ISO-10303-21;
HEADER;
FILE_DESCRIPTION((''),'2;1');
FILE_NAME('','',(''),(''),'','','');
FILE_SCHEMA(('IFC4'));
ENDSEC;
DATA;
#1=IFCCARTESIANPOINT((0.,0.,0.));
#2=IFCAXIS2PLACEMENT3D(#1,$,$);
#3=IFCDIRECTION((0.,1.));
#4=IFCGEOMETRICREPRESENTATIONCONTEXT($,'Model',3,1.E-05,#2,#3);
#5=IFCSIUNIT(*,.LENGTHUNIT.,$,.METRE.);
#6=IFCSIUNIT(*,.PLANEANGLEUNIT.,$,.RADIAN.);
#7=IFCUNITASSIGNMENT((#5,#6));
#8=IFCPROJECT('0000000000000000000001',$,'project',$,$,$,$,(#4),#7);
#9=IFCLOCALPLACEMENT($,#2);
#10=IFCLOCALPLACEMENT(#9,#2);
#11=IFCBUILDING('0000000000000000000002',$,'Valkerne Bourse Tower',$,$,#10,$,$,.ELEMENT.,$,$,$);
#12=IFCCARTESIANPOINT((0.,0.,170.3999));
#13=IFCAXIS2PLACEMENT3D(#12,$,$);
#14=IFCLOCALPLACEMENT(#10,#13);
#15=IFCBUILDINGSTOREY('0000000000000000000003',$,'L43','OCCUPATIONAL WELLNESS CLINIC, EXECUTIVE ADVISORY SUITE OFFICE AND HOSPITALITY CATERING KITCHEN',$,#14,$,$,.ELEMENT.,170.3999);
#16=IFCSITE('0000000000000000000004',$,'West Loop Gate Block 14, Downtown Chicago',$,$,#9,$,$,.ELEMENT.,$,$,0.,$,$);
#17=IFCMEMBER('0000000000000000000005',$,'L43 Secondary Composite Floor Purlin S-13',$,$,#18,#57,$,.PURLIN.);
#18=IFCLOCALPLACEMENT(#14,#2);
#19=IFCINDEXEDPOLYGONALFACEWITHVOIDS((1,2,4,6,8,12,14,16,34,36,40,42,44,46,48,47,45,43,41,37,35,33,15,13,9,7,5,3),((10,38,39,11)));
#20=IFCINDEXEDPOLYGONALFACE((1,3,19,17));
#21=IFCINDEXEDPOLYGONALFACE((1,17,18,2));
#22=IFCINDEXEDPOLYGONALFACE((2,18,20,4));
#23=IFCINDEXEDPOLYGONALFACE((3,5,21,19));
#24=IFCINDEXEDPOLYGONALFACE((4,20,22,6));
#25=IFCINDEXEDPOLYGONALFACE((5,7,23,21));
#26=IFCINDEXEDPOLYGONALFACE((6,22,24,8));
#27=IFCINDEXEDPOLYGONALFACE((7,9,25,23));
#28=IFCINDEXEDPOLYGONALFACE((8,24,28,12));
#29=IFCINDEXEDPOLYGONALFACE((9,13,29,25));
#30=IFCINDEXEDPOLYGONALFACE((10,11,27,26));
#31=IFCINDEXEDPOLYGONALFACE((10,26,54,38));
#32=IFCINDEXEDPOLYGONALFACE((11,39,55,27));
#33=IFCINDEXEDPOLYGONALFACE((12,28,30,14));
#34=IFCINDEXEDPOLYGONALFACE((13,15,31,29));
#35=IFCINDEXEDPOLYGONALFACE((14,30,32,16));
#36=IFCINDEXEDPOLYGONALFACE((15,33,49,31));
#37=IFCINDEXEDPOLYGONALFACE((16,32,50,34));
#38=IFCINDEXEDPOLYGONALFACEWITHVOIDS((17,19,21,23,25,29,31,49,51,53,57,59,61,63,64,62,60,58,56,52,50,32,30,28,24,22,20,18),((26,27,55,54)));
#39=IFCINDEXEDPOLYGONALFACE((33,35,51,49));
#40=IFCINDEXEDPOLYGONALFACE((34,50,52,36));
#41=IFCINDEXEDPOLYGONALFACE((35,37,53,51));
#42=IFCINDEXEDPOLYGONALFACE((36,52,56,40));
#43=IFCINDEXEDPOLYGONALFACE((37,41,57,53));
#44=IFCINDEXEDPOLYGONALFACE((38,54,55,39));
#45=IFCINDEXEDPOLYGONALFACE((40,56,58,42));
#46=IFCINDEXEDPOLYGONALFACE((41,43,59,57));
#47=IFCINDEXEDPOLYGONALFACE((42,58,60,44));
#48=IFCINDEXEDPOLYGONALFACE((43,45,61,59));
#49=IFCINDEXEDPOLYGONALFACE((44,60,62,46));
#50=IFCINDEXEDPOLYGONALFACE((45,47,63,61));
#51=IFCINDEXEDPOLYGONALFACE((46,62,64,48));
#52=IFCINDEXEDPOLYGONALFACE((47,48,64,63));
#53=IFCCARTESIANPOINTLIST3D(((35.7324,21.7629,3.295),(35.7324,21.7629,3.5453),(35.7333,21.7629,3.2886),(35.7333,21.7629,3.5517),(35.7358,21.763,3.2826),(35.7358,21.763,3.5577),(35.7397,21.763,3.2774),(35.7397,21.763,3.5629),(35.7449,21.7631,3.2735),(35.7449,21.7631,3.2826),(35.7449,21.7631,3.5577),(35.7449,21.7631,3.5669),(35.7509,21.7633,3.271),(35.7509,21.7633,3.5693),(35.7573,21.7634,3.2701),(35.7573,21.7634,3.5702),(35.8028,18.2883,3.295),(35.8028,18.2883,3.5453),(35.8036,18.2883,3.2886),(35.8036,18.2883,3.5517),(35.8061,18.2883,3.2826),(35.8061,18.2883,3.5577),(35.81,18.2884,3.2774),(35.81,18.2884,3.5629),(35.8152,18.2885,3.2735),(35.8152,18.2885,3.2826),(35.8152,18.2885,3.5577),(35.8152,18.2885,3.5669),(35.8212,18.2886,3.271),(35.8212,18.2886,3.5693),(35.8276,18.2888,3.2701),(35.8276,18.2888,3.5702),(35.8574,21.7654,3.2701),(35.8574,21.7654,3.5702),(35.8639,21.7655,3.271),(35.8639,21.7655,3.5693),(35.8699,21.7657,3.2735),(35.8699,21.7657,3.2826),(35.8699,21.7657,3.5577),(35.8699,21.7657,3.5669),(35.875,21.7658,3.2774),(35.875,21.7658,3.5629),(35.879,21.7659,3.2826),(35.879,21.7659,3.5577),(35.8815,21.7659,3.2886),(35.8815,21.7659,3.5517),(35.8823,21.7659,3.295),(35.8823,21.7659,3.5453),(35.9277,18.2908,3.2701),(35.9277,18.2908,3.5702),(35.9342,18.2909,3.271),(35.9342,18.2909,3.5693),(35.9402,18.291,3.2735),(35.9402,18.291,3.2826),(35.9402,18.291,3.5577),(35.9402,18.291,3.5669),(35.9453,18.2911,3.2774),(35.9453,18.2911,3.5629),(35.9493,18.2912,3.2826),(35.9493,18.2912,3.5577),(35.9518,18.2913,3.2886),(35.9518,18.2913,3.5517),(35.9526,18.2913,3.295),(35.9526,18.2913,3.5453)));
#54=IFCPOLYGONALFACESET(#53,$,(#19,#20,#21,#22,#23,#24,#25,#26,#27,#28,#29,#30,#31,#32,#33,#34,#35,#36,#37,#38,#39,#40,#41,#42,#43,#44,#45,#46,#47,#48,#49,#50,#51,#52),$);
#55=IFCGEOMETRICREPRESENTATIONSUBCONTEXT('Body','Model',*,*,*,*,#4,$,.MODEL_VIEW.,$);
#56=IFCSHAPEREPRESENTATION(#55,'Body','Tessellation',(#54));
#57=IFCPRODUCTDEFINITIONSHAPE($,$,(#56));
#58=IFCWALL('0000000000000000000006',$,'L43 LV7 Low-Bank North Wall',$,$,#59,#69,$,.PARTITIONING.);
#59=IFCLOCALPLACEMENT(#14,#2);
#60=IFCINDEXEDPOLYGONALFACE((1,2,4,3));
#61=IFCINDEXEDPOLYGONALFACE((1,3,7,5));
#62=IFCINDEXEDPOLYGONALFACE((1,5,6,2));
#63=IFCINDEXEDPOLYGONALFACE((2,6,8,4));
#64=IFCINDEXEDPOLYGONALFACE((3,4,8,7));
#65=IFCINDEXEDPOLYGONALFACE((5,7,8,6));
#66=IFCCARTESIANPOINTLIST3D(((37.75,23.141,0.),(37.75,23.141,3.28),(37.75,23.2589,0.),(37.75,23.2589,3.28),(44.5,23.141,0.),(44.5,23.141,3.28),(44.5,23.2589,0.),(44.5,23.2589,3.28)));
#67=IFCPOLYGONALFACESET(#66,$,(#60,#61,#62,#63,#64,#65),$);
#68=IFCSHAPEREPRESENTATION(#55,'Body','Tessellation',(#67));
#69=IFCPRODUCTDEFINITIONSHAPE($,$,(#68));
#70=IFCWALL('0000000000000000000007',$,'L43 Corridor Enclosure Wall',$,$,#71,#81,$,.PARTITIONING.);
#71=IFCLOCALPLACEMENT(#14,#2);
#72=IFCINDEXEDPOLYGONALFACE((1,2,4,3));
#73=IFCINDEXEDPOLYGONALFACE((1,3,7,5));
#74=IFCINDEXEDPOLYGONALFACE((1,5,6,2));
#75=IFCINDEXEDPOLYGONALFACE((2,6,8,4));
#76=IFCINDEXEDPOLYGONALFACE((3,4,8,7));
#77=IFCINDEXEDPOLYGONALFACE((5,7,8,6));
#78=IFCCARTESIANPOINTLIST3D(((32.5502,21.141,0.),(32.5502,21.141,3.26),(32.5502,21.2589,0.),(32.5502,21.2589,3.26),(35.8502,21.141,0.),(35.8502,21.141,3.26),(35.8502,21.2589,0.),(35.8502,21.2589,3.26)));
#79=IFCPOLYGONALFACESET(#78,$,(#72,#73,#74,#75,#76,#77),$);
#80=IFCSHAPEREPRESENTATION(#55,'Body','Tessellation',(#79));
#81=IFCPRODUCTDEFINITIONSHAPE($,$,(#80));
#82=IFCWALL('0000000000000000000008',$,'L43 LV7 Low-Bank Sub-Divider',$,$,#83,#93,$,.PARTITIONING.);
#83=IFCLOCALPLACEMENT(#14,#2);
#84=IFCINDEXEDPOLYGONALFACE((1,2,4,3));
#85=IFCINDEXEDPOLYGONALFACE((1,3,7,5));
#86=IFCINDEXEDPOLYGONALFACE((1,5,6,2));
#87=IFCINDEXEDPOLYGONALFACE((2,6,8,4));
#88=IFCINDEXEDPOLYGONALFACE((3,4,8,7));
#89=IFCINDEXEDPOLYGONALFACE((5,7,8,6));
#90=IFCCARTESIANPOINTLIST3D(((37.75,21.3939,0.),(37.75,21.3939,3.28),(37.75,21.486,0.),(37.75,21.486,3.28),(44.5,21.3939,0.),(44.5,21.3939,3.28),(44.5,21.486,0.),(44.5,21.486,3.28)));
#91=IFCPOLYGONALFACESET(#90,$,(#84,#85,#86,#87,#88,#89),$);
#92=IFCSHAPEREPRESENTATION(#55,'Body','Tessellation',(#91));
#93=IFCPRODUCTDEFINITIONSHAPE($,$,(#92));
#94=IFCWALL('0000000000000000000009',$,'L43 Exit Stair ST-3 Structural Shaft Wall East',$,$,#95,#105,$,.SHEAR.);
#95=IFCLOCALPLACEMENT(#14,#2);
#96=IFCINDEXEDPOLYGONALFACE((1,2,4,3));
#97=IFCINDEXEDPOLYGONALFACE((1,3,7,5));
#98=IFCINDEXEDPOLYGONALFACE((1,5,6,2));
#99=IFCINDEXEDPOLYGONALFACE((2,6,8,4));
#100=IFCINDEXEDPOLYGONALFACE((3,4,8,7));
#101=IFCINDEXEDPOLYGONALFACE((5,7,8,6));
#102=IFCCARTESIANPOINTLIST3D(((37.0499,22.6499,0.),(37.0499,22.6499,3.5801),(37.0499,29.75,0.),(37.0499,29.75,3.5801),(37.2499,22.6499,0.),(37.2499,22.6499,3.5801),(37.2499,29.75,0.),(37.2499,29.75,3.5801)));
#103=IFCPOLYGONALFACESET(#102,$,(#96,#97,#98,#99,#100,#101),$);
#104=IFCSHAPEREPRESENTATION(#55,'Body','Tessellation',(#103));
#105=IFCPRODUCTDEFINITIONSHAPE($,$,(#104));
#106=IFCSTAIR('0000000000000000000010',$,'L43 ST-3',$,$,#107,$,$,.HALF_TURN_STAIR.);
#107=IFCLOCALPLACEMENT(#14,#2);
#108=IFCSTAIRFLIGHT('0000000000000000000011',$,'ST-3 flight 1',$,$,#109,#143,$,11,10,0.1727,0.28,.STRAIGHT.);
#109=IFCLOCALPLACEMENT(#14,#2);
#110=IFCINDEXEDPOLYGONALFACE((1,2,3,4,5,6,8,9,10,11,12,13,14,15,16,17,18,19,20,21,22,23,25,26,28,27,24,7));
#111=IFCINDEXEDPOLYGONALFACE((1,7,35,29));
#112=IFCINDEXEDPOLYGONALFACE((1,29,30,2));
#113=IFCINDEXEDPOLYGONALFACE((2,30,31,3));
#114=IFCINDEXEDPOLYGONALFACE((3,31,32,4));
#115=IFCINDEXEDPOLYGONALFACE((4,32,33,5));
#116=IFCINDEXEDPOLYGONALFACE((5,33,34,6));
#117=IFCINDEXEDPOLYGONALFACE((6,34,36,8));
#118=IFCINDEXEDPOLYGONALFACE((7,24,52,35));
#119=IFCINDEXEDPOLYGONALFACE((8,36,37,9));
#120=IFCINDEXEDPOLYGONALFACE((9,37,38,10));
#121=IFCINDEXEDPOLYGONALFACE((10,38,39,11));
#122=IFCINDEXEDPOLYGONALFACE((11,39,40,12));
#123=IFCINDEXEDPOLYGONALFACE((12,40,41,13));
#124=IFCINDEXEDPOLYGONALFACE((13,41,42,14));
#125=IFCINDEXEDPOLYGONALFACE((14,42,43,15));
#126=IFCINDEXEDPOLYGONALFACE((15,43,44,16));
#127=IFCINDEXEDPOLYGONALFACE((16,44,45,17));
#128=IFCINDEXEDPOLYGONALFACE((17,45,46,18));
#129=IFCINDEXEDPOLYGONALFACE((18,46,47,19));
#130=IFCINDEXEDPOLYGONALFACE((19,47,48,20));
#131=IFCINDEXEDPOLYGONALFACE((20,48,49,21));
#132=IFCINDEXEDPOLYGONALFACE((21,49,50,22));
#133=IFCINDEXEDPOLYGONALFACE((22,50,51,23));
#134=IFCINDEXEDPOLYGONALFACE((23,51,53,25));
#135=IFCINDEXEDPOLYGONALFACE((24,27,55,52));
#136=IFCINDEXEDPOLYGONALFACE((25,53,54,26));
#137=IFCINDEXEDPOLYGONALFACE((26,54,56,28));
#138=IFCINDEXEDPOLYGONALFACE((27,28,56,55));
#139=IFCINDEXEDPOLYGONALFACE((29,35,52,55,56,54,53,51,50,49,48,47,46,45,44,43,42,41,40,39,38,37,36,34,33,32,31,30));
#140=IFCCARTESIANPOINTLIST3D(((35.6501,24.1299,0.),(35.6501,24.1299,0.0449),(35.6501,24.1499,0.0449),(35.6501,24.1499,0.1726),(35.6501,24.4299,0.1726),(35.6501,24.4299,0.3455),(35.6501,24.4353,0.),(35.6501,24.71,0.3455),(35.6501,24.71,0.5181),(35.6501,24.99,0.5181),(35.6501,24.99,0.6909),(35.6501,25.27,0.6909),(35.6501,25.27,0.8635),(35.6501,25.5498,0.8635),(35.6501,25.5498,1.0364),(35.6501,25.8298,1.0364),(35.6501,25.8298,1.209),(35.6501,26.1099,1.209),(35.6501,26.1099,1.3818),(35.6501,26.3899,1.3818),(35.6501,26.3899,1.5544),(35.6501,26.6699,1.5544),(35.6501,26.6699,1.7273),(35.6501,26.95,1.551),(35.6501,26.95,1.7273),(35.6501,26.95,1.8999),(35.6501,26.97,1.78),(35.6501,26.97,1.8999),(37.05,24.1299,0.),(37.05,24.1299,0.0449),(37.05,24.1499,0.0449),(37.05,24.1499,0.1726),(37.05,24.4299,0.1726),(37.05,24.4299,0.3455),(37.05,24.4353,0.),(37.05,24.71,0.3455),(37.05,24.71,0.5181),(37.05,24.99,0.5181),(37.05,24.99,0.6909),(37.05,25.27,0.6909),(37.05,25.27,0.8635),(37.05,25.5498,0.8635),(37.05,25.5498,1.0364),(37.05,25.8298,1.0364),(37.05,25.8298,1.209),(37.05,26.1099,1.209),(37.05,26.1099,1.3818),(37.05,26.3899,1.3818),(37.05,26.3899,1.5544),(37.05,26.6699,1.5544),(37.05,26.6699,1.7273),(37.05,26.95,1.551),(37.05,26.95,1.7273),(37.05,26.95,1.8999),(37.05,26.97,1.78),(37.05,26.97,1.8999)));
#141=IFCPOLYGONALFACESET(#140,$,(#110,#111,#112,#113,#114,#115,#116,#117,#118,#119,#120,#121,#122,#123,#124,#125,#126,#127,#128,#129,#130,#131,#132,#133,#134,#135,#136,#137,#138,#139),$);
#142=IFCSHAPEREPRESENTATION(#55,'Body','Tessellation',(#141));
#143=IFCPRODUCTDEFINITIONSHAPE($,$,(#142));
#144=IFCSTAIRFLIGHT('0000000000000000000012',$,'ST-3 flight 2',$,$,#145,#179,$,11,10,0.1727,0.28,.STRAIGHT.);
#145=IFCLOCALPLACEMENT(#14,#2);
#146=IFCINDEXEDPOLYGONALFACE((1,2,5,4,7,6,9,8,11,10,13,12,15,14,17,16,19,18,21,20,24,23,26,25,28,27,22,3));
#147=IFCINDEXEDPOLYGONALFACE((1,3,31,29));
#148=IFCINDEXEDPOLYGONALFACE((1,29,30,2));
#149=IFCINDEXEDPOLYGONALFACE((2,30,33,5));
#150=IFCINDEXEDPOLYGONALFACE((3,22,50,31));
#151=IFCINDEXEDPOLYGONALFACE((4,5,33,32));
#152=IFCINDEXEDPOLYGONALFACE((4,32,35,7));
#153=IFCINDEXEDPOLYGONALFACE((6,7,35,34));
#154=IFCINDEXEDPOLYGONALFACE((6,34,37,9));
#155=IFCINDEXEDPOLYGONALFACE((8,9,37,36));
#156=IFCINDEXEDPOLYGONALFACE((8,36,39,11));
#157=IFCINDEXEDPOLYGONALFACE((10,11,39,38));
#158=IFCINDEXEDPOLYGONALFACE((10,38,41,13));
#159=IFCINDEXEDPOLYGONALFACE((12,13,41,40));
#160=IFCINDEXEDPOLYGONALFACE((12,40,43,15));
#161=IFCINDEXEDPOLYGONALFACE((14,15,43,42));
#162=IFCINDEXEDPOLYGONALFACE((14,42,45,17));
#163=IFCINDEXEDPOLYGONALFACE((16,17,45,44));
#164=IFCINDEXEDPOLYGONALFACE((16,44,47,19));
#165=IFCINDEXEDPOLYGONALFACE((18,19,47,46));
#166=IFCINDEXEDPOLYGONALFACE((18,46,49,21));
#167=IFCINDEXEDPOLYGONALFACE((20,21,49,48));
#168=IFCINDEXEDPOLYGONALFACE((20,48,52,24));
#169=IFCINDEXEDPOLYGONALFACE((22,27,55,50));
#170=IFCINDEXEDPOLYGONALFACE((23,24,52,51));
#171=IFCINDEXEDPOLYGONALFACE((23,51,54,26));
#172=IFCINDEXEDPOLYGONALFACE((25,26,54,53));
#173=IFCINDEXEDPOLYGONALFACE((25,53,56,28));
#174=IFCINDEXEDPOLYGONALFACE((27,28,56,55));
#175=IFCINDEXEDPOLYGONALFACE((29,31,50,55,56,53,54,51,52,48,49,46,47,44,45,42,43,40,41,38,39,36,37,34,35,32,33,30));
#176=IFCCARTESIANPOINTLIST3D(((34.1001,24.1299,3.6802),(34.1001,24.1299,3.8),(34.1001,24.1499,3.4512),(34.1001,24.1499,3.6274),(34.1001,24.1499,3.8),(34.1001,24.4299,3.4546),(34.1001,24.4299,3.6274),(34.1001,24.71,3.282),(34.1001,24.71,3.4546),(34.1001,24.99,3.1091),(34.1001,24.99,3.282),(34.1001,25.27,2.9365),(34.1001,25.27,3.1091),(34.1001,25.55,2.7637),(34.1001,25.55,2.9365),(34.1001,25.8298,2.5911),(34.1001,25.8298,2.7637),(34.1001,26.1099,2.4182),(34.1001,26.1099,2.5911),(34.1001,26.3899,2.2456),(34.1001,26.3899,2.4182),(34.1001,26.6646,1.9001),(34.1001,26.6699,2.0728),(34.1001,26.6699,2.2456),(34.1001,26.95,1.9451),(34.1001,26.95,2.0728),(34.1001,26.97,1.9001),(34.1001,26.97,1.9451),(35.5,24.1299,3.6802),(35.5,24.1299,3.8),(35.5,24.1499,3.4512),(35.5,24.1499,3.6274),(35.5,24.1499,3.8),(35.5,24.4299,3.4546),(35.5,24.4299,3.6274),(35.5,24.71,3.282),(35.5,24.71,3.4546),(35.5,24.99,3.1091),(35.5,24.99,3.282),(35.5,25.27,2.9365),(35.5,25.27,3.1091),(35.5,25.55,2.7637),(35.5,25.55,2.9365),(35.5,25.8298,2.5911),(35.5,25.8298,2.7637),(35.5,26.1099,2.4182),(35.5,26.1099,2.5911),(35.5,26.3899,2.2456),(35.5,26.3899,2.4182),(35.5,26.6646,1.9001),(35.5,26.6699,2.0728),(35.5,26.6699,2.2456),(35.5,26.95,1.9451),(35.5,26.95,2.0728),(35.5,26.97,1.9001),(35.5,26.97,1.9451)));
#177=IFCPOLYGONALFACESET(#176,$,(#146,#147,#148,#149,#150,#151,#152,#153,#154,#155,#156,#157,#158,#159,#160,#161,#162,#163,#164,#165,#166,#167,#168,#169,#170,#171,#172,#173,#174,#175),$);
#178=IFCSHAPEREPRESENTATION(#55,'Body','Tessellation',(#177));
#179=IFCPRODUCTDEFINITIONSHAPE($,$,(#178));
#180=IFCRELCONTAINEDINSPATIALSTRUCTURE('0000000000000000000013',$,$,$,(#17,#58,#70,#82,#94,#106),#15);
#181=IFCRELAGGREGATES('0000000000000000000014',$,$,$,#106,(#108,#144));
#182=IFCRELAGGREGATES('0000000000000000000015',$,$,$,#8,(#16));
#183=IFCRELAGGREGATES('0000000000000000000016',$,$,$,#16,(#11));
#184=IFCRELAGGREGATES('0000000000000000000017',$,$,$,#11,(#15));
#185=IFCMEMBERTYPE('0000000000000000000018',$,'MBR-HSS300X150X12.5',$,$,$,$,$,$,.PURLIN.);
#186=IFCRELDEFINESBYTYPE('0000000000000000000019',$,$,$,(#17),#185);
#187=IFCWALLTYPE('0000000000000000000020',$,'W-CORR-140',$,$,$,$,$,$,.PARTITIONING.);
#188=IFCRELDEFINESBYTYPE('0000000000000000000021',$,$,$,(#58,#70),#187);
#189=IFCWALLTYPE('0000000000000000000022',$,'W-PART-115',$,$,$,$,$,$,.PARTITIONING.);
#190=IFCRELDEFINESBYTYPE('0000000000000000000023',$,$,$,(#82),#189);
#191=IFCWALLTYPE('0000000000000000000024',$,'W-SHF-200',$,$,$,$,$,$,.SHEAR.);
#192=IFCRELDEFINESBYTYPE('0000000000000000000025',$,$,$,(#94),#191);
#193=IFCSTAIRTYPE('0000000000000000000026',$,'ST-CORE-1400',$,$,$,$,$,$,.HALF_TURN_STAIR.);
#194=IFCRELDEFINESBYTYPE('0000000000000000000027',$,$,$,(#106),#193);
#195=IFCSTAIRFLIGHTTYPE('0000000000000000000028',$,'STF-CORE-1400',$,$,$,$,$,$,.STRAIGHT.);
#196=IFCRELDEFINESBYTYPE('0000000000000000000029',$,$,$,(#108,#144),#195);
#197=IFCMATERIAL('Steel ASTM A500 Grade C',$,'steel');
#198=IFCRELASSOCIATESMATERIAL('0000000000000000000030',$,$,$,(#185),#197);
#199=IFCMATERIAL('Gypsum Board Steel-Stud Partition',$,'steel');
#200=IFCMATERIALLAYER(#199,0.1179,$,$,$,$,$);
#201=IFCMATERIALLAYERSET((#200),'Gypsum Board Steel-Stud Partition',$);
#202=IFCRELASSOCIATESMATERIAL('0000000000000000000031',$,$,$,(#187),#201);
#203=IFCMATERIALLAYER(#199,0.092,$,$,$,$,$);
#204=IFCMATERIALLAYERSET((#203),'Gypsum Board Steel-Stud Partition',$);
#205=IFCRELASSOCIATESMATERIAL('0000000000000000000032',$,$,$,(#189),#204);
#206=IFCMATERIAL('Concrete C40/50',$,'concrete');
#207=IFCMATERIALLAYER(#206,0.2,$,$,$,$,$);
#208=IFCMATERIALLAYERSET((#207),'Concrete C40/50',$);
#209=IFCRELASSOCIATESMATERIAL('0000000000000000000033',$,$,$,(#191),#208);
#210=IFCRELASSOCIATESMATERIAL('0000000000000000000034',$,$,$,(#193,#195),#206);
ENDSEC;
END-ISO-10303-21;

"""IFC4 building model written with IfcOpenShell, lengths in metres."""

from ifc_helpers import new_model, si_unit, direction, frame, frame_2d, origin, origin_2d, place, context, subcontext, project, spatial, polyline, rectangle, hollow_rectangle, outline, extrude, material, layer, layer_set, material_profile, profile_set, type_object, element, aggregate, save


model = new_model("IFC4")

# Units and contexts
model_context = context("Model", 3, precision=1e-05, world=origin(), true_north=direction((0.0, 1.0)))
body_context = subcontext(model_context, "Body", "Model", "MODEL_VIEW")
ifc_project = project(units=[si_unit("LENGTHUNIT", "METRE"), si_unit("PLANEANGLEUNIT", "RADIAN")], contexts=[model_context])

# Site, building, storey
site_placement = place(None, origin())
site = spatial("IfcSite", under=ifc_project, at=site_placement, Name="West Loop Gate Block 14, Downtown Chicago", CompositionType="ELEMENT", RefElevation=0.0)
building_placement = place(site_placement, origin())
building = spatial("IfcBuilding", under=site, at=building_placement, Name="Valkerne Bourse Tower", CompositionType="ELEMENT")
storey_placement = place(building_placement, frame((0.0, 0.0, 170.3999)))
storey = spatial("IfcBuildingStorey", under=building, at=storey_placement, Name="L43", Description="OCCUPATIONAL WELLNESS CLINIC, EXECUTIVE ADVISORY SUITE OFFICE AND HOSPITALITY CATERING KITCHEN", CompositionType="ELEMENT", Elevation=170.3999)

# Member
ifc_material_1 = material(Name="Steel ASTM A500 Grade C", Category="steel")
ifc_material_profile_1 = material_profile(ifc_material_1, hollow_rectangle(XDim=0.1499, YDim=0.3, WallThickness=0.0125, OuterFilletRadius=0.0249, at=origin_2d()), Name="HSS300X150X12.5")
ifc_profile_set_1 = profile_set([ifc_material_profile_1], Name="Steel ASTM A500 Grade C")
member_type = type_object("IfcMemberType", Name="MBR-HSS300X150X12.5", PredefinedType="PURLIN", material=ifc_profile_set_1)
member_1_placement = place(storey_placement, frame((35.8074, 21.7644, 3.4202), z_axis=(0.020232, -0.999795, 0.0), x_axis=(0.999795, 0.020232, 0.0)))
element("IfcMember", 1, at=member_1_placement, inside=storey, type_object=member_type, Name="L43 Secondary Composite Floor Purlin S-13", PredefinedType="PURLIN", context=body_context, shape_type="SweptSolid", body=[
    extrude(hollow_rectangle(XDim=0.1499, YDim=0.3, WallThickness=0.0125, OuterFilletRadius=0.0249, at=origin_2d()), origin(), (0.0, 0.0, 1.0), 3.4753),
])

# Walls
ifc_material_2 = material(Name="Gypsum Board Steel-Stud Partition", Category="steel")
ifc_layer_1 = layer(ifc_material_2, 0.1179)
ifc_layer_set_1 = layer_set([ifc_layer_1], Name="Gypsum Board Steel-Stud Partition")
wall_type_1 = type_object("IfcWallType", Name="W-CORR-140", PredefinedType="PARTITIONING", material=ifc_layer_set_1)
wall_1_placement = place(storey_placement, frame((37.75, 23.2, 0.0), z_axis=(0.0, 0.0, 1.0), x_axis=(1.0, 0.0, 0.0)))
element("IfcWall", 2, at=wall_1_placement, inside=storey, type_object=wall_type_1, Name="L43 LV7 Low-Bank North Wall", PredefinedType="PARTITIONING", context=body_context, shape_type="SweptSolid", body=[
    extrude(rectangle(XDim=6.75, YDim=0.1179, at=frame_2d((3.375, 0.0))), origin(), (0.0, 0.0, 1.0), 3.28),
])
wall_2_placement = place(storey_placement, frame((35.8501, 21.2, 0.0), z_axis=(0.0, 0.0, 1.0), x_axis=(-1.0, 0.0, 0.0)))
element("IfcWall", 3, at=wall_2_placement, inside=storey, type_object=wall_type_1, Name="L43 Corridor Enclosure Wall", PredefinedType="PARTITIONING", context=body_context, shape_type="SweptSolid", body=[
    extrude(rectangle(XDim=3.3, YDim=0.1179, at=frame_2d((1.6499, 0.0))), origin(), (0.0, 0.0, 1.0), 3.26),
])
ifc_layer_2 = layer(ifc_material_2, 0.092)
ifc_layer_set_2 = layer_set([ifc_layer_2], Name="Gypsum Board Steel-Stud Partition")
wall_type_2 = type_object("IfcWallType", Name="W-PART-115", PredefinedType="PARTITIONING", material=ifc_layer_set_2)
wall_3_placement = place(storey_placement, frame((37.75, 21.4399, 0.0), z_axis=(0.0, 0.0, 1.0), x_axis=(1.0, 0.0, 0.0)))
element("IfcWall", 4, at=wall_3_placement, inside=storey, type_object=wall_type_2, Name="L43 LV7 Low-Bank Sub-Divider", PredefinedType="PARTITIONING", context=body_context, shape_type="SweptSolid", body=[
    extrude(rectangle(XDim=6.75, YDim=0.092, at=frame_2d((3.375, 0.0))), origin(), (0.0, 0.0, 1.0), 3.28),
])
ifc_material_3 = material(Name="Concrete C40/50", Category="concrete")
ifc_layer_3 = layer(ifc_material_3, 0.2)
ifc_layer_set_3 = layer_set([ifc_layer_3], Name="Concrete C40/50")
wall_type_3 = type_object("IfcWallType", Name="W-SHF-200", PredefinedType="SHEAR", material=ifc_layer_set_3)
wall_4_placement = place(storey_placement, frame((37.1499, 22.6499, 0.0), z_axis=(0.0, 0.0, 1.0), x_axis=(0.0, 1.0, 0.0)))
element("IfcWall", 5, at=wall_4_placement, inside=storey, type_object=wall_type_3, Name="L43 Exit Stair ST-3 Structural Shaft Wall East", PredefinedType="SHEAR", context=body_context, shape_type="SweptSolid", body=[
    extrude(rectangle(XDim=7.1001, YDim=0.2, at=frame_2d((3.55, 0.0))), origin(), (0.0, 0.0, 1.0), 3.5801),
])

# Stair, stair flights
stair_type = type_object("IfcStairType", Name="ST-CORE-1400", PredefinedType="HALF_TURN_STAIR", material=ifc_material_3)
stair_placement = place(storey_placement, origin())
stair = element("IfcStair", 6, at=stair_placement, inside=storey, type_object=stair_type, Name="L43 ST-3", PredefinedType="HALF_TURN_STAIR")
stair_flight_type = type_object("IfcStairFlightType", Name="STF-CORE-1400", PredefinedType="STRAIGHT", material=ifc_material_3)
stair_flight_1_placement = place(storey_placement, frame((36.3501, 24.1499, 0.0), z_axis=(0.0, 0.0, 1.0), x_axis=(0.0, 1.0, 0.0)))
stair_flight_1 = element("IfcStairFlight", 7, at=stair_flight_1_placement, type_object=stair_flight_type, Name="ST-3 flight 1", NumberOfRisers=11, NumberOfTreads=10, PredefinedType="STRAIGHT", RiserHeight=0.1727, TreadLength=0.28, context=body_context, shape_type="SweptSolid", body=[
    extrude(outline(polyline([(-0.02, 0.0), (-0.02, 0.0449), (0.0, 0.0449), (0.0, 0.1726), (0.28, 0.1726), (0.28, 0.3455), (0.5601, 0.3455), (0.5601, 0.5181), (0.8401, 0.5181), (0.8401, 0.6909), (1.1201, 0.6909), (1.1201, 0.8635), (1.3999, 0.8635), (1.3999, 1.0364), (1.6799, 1.0364), (1.6799, 1.209), (1.96, 1.209), (1.96, 1.3818), (2.24, 1.3818), (2.24, 1.5544), (2.52, 1.5544), (2.52, 1.7273), (2.8, 1.7273), (2.8, 1.8999), (2.8201, 1.8999), (2.8201, 1.78), (2.8, 1.551), (0.2854, 0.0), (-0.02, 0.0)])), frame((0.0, 0.7, 0.0), z_axis=(0.0, -1.0, 0.0), x_axis=(1.0, 0.0, 0.0)), (0.0, 0.0, 1.0), 1.3999),
])
stair_flight_2_placement = place(storey_placement, frame((34.8, 26.95, 1.9001), z_axis=(0.0, 0.0, 1.0), x_axis=(0.0, -1.0, 0.0)))
stair_flight_2 = element("IfcStairFlight", 8, at=stair_flight_2_placement, type_object=stair_flight_type, Name="ST-3 flight 2", NumberOfRisers=11, NumberOfTreads=10, PredefinedType="STRAIGHT", RiserHeight=0.1727, TreadLength=0.28, context=body_context, shape_type="SweptSolid", body=[
    extrude(outline(polyline([(-0.02, 0.0), (-0.02, 0.0449), (0.0, 0.0449), (0.0, 0.1726), (0.28, 0.1726), (0.28, 0.3455), (0.5601, 0.3455), (0.5601, 0.5181), (0.8401, 0.5181), (0.8401, 0.6909), (1.1201, 0.6909), (1.1201, 0.8635), (1.3999, 0.8635), (1.3999, 1.0364), (1.6799, 1.0364), (1.6799, 1.209), (1.96, 1.209), (1.96, 1.3818), (2.24, 1.3818), (2.24, 1.5544), (2.52, 1.5544), (2.52, 1.7273), (2.8, 1.7273), (2.8, 1.8999), (2.8201, 1.8999), (2.8201, 1.78), (2.8, 1.551), (0.2854, 0.0), (-0.02, 0.0)])), frame((0.0, 0.7, 0.0), z_axis=(0.0, -1.0, 0.0), x_axis=(1.0, 0.0, 0.0)), (0.0, 0.0, 1.0), 1.3999),
])
aggregate(stair, [stair_flight_1, stair_flight_2])

save(model, "model.ifc")
